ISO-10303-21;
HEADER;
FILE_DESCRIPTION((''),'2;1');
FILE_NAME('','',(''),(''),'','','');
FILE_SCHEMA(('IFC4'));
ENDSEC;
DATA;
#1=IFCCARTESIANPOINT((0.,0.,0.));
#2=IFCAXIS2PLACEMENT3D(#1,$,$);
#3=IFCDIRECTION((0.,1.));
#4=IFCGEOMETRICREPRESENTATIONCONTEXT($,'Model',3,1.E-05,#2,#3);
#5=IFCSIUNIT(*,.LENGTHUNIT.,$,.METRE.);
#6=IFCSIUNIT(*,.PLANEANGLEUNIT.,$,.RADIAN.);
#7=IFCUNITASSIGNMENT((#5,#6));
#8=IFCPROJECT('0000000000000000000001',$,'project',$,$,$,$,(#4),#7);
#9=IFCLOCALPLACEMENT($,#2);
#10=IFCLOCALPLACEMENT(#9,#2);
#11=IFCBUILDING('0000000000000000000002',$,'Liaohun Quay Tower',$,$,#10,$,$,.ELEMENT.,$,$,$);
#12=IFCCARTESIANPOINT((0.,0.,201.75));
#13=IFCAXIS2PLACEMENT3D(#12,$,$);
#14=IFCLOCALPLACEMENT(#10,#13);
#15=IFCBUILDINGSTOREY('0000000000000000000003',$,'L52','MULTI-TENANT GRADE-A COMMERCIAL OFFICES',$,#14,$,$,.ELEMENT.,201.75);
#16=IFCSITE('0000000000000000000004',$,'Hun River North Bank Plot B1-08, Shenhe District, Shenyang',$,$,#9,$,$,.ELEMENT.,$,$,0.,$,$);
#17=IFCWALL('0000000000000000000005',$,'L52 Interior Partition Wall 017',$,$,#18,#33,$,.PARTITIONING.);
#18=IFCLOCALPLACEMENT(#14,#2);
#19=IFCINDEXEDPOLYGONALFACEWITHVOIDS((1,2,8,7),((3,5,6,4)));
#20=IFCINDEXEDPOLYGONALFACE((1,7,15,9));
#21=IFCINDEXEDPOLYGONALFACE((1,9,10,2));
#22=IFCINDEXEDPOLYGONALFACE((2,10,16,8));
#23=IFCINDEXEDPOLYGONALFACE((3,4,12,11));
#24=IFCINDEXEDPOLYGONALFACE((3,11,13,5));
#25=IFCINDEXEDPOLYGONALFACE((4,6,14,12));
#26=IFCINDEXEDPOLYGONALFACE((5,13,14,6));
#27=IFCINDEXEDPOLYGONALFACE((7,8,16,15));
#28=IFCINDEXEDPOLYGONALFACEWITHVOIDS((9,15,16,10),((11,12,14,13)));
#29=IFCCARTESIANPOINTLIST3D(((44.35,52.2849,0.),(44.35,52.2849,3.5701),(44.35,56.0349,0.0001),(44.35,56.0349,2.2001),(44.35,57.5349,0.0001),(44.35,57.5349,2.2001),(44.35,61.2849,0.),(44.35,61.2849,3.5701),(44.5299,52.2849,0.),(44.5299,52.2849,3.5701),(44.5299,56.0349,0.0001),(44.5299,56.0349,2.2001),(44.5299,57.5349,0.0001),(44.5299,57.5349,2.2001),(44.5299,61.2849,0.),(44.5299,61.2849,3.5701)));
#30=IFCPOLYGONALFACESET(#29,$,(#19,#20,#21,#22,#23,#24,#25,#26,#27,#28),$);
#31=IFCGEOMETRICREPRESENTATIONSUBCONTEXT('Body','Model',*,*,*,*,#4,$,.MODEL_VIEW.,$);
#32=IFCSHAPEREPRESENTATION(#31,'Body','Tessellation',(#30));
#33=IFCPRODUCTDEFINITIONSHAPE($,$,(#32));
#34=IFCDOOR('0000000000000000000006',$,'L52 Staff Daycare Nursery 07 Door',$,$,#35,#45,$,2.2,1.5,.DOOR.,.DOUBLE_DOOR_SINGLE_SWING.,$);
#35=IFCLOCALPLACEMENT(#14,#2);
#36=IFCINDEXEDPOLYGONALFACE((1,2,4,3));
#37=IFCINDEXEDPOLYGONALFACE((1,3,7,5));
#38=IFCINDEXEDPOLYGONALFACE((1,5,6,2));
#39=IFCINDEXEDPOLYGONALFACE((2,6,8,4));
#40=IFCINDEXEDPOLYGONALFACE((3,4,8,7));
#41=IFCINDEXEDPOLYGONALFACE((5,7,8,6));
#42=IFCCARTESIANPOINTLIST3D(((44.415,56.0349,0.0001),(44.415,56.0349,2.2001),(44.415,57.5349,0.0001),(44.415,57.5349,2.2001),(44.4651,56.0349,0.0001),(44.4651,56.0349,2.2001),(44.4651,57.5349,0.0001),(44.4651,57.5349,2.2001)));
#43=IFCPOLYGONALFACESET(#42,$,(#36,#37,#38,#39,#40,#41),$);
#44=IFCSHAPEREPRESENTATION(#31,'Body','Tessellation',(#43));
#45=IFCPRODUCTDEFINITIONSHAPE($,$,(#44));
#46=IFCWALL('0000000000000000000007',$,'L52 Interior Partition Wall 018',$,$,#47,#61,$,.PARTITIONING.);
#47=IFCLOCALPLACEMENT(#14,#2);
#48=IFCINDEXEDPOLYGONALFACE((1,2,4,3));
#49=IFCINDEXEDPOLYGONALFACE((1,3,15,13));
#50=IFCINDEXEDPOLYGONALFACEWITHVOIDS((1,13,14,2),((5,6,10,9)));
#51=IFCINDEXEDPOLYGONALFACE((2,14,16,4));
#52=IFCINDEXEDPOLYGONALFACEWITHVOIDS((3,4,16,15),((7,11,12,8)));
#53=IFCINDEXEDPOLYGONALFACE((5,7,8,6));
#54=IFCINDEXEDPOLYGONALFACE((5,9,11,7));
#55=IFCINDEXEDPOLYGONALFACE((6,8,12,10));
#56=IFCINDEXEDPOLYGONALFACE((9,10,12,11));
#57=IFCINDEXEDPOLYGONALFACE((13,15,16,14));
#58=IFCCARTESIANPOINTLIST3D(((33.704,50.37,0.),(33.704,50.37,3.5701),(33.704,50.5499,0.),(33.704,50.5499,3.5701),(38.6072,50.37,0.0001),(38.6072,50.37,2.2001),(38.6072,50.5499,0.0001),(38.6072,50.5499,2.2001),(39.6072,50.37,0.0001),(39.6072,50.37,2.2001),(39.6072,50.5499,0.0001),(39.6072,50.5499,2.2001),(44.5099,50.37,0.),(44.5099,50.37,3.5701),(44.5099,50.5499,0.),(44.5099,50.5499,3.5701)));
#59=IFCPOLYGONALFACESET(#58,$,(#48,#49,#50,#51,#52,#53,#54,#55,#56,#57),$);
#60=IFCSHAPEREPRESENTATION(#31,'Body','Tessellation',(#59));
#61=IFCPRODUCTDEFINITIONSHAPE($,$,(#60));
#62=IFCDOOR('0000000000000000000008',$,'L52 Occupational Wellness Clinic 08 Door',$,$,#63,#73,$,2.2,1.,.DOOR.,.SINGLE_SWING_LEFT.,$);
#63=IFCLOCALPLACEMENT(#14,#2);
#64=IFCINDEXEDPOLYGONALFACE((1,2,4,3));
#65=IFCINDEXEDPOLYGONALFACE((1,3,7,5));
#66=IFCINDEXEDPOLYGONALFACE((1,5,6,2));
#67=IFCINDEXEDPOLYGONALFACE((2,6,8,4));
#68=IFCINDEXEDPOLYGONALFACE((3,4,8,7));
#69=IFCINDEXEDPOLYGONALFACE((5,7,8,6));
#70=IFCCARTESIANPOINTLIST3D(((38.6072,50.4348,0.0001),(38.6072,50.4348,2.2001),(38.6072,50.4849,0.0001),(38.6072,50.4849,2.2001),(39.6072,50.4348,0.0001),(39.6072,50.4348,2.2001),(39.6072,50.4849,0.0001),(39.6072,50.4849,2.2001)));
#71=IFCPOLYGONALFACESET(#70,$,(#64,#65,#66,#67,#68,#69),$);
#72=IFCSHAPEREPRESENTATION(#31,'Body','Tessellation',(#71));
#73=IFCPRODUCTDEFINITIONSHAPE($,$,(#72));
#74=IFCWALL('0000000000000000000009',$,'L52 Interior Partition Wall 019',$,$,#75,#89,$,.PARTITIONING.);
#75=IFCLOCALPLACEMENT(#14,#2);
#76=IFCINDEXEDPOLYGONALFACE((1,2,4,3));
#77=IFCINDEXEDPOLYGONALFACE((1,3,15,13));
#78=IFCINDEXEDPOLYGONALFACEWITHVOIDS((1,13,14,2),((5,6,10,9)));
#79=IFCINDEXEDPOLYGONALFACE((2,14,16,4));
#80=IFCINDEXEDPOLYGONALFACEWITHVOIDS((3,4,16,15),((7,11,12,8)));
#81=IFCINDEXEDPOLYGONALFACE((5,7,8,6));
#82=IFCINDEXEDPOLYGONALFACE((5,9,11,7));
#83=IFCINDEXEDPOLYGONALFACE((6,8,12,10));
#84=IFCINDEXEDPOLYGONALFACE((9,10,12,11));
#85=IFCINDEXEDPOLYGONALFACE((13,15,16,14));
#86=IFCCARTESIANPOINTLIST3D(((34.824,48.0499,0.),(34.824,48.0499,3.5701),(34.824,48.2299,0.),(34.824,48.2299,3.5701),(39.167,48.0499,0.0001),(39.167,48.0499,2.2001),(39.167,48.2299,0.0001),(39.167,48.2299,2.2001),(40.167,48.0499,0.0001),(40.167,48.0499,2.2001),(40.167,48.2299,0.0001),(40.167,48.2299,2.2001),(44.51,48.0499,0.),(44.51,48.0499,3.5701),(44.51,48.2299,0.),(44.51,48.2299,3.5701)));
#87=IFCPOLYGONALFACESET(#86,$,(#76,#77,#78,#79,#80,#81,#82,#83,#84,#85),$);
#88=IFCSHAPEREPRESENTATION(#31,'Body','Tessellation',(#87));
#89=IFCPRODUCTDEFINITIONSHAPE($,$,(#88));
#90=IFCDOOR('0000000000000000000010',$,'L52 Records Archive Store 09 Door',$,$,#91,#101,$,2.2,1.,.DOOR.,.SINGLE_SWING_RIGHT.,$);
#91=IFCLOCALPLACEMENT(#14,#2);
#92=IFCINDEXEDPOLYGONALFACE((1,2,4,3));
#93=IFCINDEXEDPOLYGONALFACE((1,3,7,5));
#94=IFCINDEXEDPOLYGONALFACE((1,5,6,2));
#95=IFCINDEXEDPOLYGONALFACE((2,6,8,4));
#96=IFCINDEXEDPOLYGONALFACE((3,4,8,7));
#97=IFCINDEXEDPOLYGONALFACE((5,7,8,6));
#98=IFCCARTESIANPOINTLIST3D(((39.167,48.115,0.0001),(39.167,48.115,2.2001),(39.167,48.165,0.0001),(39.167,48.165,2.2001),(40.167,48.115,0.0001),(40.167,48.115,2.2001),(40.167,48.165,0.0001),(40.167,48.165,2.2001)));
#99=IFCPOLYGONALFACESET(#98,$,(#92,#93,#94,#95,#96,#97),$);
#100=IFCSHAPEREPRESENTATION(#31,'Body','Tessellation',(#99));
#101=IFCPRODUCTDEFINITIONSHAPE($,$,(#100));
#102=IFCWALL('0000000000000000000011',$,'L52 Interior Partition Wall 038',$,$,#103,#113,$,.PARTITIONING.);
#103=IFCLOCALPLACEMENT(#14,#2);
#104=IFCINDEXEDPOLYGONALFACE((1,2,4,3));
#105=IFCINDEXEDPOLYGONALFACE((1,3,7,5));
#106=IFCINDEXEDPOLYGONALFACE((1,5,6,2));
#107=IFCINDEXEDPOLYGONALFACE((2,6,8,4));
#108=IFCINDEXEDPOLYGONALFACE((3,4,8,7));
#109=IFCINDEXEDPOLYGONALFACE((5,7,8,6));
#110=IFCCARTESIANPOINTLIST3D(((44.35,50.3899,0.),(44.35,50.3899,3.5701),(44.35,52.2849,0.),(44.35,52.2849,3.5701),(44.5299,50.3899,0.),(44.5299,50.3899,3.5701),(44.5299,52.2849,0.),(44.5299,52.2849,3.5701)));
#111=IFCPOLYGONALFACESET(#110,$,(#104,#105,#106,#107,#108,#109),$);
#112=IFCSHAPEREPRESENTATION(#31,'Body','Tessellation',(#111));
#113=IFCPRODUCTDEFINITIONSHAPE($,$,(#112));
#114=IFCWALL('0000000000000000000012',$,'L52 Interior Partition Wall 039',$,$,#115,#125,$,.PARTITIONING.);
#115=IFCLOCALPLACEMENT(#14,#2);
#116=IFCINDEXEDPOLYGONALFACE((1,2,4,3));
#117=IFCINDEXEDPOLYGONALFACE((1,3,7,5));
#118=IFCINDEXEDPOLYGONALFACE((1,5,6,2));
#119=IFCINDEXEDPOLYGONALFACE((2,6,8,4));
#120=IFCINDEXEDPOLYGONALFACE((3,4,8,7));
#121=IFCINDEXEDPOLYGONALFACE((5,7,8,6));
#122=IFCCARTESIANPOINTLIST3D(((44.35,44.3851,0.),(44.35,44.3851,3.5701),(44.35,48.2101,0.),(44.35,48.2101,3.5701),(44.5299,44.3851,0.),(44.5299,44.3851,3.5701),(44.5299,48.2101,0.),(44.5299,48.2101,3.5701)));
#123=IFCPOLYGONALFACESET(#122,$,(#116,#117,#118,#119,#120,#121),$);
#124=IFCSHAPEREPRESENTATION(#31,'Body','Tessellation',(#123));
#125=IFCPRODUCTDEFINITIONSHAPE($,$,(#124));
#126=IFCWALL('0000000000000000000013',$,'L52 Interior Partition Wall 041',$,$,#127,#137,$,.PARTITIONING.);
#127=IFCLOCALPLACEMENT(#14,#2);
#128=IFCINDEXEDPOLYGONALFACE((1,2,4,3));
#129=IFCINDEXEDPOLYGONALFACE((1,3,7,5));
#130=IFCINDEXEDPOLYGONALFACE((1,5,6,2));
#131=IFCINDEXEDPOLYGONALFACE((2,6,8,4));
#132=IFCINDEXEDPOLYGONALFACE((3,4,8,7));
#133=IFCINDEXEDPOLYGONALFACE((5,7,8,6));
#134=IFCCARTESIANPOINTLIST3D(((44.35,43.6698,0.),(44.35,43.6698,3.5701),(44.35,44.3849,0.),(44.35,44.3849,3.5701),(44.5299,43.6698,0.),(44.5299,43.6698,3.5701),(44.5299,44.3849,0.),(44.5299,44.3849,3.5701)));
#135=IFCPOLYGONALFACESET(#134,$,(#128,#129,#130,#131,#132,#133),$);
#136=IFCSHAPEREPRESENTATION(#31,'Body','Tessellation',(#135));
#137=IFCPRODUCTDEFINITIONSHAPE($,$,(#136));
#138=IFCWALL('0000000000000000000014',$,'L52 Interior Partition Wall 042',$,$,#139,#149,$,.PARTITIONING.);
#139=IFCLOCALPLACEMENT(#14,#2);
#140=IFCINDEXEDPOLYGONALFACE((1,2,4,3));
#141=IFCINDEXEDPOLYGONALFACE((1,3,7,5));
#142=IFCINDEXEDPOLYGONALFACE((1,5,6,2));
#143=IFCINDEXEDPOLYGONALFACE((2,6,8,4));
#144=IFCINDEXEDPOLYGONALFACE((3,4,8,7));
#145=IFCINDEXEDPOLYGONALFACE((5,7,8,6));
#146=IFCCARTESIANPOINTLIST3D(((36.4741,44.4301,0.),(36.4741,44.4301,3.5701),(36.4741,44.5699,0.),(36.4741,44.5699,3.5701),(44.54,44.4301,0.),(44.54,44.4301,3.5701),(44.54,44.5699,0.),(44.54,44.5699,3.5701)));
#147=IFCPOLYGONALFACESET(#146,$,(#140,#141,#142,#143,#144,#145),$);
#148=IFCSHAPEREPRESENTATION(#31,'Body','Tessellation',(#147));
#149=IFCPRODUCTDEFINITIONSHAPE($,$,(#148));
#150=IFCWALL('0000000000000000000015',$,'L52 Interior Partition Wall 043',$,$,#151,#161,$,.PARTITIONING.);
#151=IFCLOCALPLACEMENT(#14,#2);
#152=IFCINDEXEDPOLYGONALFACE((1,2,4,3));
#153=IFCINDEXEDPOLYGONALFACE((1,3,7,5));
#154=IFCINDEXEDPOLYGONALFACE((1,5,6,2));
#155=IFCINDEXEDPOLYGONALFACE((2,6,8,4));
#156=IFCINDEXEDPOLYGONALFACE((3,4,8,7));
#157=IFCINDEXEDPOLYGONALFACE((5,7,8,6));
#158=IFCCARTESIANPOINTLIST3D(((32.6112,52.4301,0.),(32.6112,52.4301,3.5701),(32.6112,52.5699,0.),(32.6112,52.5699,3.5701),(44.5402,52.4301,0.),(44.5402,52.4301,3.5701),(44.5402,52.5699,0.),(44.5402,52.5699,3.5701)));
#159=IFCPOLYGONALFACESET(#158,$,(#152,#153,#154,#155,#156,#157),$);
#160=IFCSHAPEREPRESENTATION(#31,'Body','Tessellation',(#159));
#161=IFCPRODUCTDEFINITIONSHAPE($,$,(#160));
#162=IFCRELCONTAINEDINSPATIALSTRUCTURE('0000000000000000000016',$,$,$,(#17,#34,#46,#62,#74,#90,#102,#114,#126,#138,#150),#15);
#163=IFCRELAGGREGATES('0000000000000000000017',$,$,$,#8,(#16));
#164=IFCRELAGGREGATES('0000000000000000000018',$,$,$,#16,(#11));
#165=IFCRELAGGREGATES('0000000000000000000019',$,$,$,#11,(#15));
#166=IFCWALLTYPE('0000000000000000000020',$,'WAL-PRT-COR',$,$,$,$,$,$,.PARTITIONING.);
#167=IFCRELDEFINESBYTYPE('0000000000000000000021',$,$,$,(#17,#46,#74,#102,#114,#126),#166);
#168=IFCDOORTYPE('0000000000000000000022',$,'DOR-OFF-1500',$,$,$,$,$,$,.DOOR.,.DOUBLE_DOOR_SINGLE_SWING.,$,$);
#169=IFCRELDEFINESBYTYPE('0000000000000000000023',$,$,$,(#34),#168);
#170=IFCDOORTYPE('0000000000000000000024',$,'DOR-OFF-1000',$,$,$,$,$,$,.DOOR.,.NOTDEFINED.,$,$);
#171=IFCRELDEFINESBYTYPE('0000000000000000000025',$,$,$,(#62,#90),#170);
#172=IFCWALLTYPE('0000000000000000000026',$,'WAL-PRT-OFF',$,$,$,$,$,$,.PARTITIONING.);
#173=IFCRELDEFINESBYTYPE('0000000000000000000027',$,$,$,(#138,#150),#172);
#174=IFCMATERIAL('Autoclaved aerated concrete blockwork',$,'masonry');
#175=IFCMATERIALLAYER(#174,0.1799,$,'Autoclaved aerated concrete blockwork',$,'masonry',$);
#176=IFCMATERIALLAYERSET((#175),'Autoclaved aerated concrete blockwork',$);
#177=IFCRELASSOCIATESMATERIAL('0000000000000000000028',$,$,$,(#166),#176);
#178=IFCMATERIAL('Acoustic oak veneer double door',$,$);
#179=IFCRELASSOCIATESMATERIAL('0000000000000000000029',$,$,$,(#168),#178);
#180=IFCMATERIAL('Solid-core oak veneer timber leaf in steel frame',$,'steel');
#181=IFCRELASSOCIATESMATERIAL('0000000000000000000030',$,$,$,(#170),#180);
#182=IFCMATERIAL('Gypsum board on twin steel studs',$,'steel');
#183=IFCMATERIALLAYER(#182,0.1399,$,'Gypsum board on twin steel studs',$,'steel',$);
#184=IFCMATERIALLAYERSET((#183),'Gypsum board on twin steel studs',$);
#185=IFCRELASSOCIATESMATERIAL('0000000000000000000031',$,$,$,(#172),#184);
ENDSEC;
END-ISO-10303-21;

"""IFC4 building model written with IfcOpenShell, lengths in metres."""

from ifc_helpers import new_model, si_unit, direction, frame, frame_2d, origin, place, context, subcontext, project, spatial, rectangle, extrude, source, transform, mapped, material, layer, layer_set, type_object, element, fill, save


model = new_model("IFC4")

# Units and contexts
model_context = context("Model", 3, precision=1e-05, world=origin(), true_north=direction((0.0, 1.0)))
body_context = subcontext(model_context, "Body", "Model", "MODEL_VIEW")
ifc_project = project(units=[si_unit("LENGTHUNIT", "METRE"), si_unit("PLANEANGLEUNIT", "RADIAN")], contexts=[model_context])

# Site, building, storey
site_placement = place(None, origin())
site = spatial("IfcSite", under=ifc_project, at=site_placement, Name="Hun River North Bank Plot B1-08, Shenhe District, Shenyang", CompositionType="ELEMENT", RefElevation=0.0)
building_placement = place(site_placement, origin())
building = spatial("IfcBuilding", under=site, at=building_placement, Name="Liaohun Quay Tower", CompositionType="ELEMENT")
storey_placement = place(building_placement, frame((0.0, 0.0, 201.75)))
storey = spatial("IfcBuildingStorey", under=building, at=storey_placement, Name="L52", Description="MULTI-TENANT GRADE-A COMMERCIAL OFFICES", CompositionType="ELEMENT", Elevation=201.75)

# Walls, openings, doors
ifc_material_1 = material(Name="Autoclaved aerated concrete blockwork", Category="masonry")
ifc_layer_1 = layer(ifc_material_1, 0.1799, Name="Autoclaved aerated concrete blockwork", Category="masonry")
ifc_layer_set_1 = layer_set([ifc_layer_1], Name="Autoclaved aerated concrete blockwork")
wall_type_1 = type_object("IfcWallType", Name="WAL-PRT-COR", PredefinedType="PARTITIONING", material=ifc_layer_set_1)
wall_1_placement = place(storey_placement, frame((44.4399, 52.2849, 0.0), z_axis=(0.0, 0.0, 1.0), x_axis=(0.0, 1.0, 0.0)))
wall_1 = element("IfcWall", 1, at=wall_1_placement, inside=storey, type_object=wall_type_1, Name="L52 Interior Partition Wall 017", PredefinedType="PARTITIONING", context=body_context, shape_type="SweptSolid", body=[
    extrude(rectangle(XDim=9.0, YDim=0.1799, at=frame_2d((4.5, 0.0))), origin(), (0.0, 0.0, 1.0), 3.5701),
])
shared_shape_1 = source(origin(), body_context, "Body", "SweptSolid", [
    extrude(rectangle(XDim=1.5, YDim=2.2, at=frame_2d((0.75, 1.1001))), frame((0.0, 0.0999, 0.0), z_axis=(0.0, -1.0, 0.0), x_axis=(1.0, 0.0, 0.0)), (0.0, 0.0, 1.0), 0.2),
])
opening_1_placement = place(wall_1_placement, frame((3.75, 0.0, 0.0)))
opening_1 = element("IfcOpeningElement", 2, at=opening_1_placement, cuts=wall_1, PredefinedType="OPENING", context=body_context, shape_type="MappedRepresentation", body=[
    mapped(shared_shape_1, transform((0.0, 0.0, 0.0), x_axis=(1.0, 0.0, 0.0), y_axis=(0.0, 1.0, 0.0), z_axis=(0.0, 0.0, 1.0), scale=1.0)),
])
ifc_material_2 = material(Name="Acoustic oak veneer double door")
door_type_1 = type_object("IfcDoorType", Name="DOR-OFF-1500", OperationType="DOUBLE_DOOR_SINGLE_SWING", PredefinedType="DOOR", material=ifc_material_2)
shared_shape_2 = source(origin(), body_context, "Body", "SweptSolid", [
    extrude(rectangle(XDim=1.5, YDim=2.2, at=frame_2d((0.75, 1.1001))), frame((0.0, 0.0249, 0.0), z_axis=(0.0, -1.0, 0.0), x_axis=(1.0, 0.0, 0.0)), (0.0, 0.0, 1.0), 0.05),
])
door_1_placement = place(opening_1_placement, origin())
door_1 = element("IfcDoor", 3, at=door_1_placement, inside=storey, type_object=door_type_1, Name="L52 Staff Daycare Nursery 07 Door", OperationType="DOUBLE_DOOR_SINGLE_SWING", OverallHeight=2.2, OverallWidth=1.5, PredefinedType="DOOR", context=body_context, shape_type="MappedRepresentation", body=[
    mapped(shared_shape_2, transform((0.0, 0.0, 0.0), x_axis=(1.0, 0.0, 0.0), y_axis=(0.0, 1.0, 0.0), z_axis=(0.0, 0.0, 1.0), scale=1.0)),
])
fill(opening_1, door_1)
wall_2_placement = place(storey_placement, frame((33.7041, 50.46, 0.0), z_axis=(0.0, 0.0, 1.0), x_axis=(1.0, 0.0, 0.0)))
wall_2 = element("IfcWall", 4, at=wall_2_placement, inside=storey, type_object=wall_type_1, Name="L52 Interior Partition Wall 018", PredefinedType="PARTITIONING", context=body_context, shape_type="SweptSolid", body=[
    extrude(rectangle(XDim=10.8059, YDim=0.1799, at=frame_2d((5.4028, 0.0))), origin(), (0.0, 0.0, 1.0), 3.5701),
])
shared_shape_3 = source(origin(), body_context, "Body", "SweptSolid", [
    extrude(rectangle(XDim=1.0, YDim=2.2, at=frame_2d((0.5, 1.1001))), frame((0.0, 0.0999, 0.0), z_axis=(0.0, -1.0, 0.0), x_axis=(1.0, 0.0, 0.0)), (0.0, 0.0, 1.0), 0.2),
])
opening_2_placement = place(wall_2_placement, frame((4.9031, 0.0, 0.0)))
opening_2 = element("IfcOpeningElement", 5, at=opening_2_placement, cuts=wall_2, PredefinedType="OPENING", context=body_context, shape_type="MappedRepresentation", body=[
    mapped(shared_shape_3, transform((0.0, 0.0, 0.0), x_axis=(1.0, 0.0, 0.0), y_axis=(0.0, 1.0, 0.0), z_axis=(0.0, 0.0, 1.0), scale=1.0)),
])
ifc_material_3 = material(Name="Solid-core oak veneer timber leaf in steel frame", Category="steel")
door_type_2 = type_object("IfcDoorType", Name="DOR-OFF-1000", OperationType="NOTDEFINED", PredefinedType="DOOR", material=ifc_material_3)
shared_shape_4 = source(origin(), body_context, "Body", "SweptSolid", [
    extrude(rectangle(XDim=1.0, YDim=2.2, at=frame_2d((0.5, 1.1001))), frame((0.0, 0.0249, 0.0), z_axis=(0.0, -1.0, 0.0), x_axis=(1.0, 0.0, 0.0)), (0.0, 0.0, 1.0), 0.05),
])
door_2_placement = place(opening_2_placement, origin())
door_2 = element("IfcDoor", 6, at=door_2_placement, inside=storey, type_object=door_type_2, Name="L52 Occupational Wellness Clinic 08 Door", OperationType="SINGLE_SWING_LEFT", OverallHeight=2.2, OverallWidth=1.0, PredefinedType="DOOR", context=body_context, shape_type="MappedRepresentation", body=[
    mapped(shared_shape_4, transform((0.0, 0.0, 0.0), x_axis=(1.0, 0.0, 0.0), y_axis=(0.0, 1.0, 0.0), z_axis=(0.0, 0.0, 1.0), scale=1.0)),
])
fill(opening_2, door_2)
wall_3_placement = place(storey_placement, frame((44.51, 48.1399, 0.0), z_axis=(0.0, 0.0, 1.0), x_axis=(-1.0, 0.0, 0.0)))
wall_3 = element("IfcWall", 7, at=wall_3_placement, inside=storey, type_object=wall_type_1, Name="L52 Interior Partition Wall 019", PredefinedType="PARTITIONING", context=body_context, shape_type="SweptSolid", body=[
    extrude(rectangle(XDim=9.686, YDim=0.1799, at=frame_2d((4.843, 0.0))), origin(), (0.0, 0.0, 1.0), 3.5701),
])
opening_3_placement = place(wall_3_placement, frame((4.343, 0.0, 0.0)))
opening_3 = element("IfcOpeningElement", 8, at=opening_3_placement, cuts=wall_3, PredefinedType="OPENING", context=body_context, shape_type="MappedRepresentation", body=[
    mapped(shared_shape_3, transform((0.0, 0.0, 0.0), x_axis=(1.0, 0.0, 0.0), y_axis=(0.0, 1.0, 0.0), z_axis=(0.0, 0.0, 1.0), scale=1.0)),
])
door_3_placement = place(opening_3_placement, origin())
door_3 = element("IfcDoor", 9, at=door_3_placement, inside=storey, type_object=door_type_2, Name="L52 Records Archive Store 09 Door", OperationType="SINGLE_SWING_RIGHT", OverallHeight=2.2, OverallWidth=1.0, PredefinedType="DOOR", context=body_context, shape_type="MappedRepresentation", body=[
    mapped(shared_shape_4, transform((0.0, 0.0, 0.0), x_axis=(1.0, 0.0, 0.0), y_axis=(0.0, 1.0, 0.0), z_axis=(0.0, 0.0, 1.0), scale=1.0)),
])
fill(opening_3, door_3)

# Walls
wall_4_placement = place(storey_placement, frame((44.4399, 50.3899, 0.0), z_axis=(0.0, 0.0, 1.0), x_axis=(0.0, 1.0, 0.0)))
element("IfcWall", 10, at=wall_4_placement, inside=storey, type_object=wall_type_1, Name="L52 Interior Partition Wall 038", PredefinedType="PARTITIONING", context=body_context, shape_type="SweptSolid", body=[
    extrude(rectangle(XDim=1.895, YDim=0.1799, at=frame_2d((0.9475, 0.0))), origin(), (0.0, 0.0, 1.0), 3.5701),
])
wall_5_placement = place(storey_placement, frame((44.4399, 44.385, 0.0), z_axis=(0.0, 0.0, 1.0), x_axis=(0.0, 1.0, 0.0)))
element("IfcWall", 11, at=wall_5_placement, inside=storey, type_object=wall_type_1, Name="L52 Interior Partition Wall 039", PredefinedType="PARTITIONING", context=body_context, shape_type="SweptSolid", body=[
    extrude(rectangle(XDim=3.825, YDim=0.1799, at=frame_2d((1.9126, 0.0))), origin(), (0.0, 0.0, 1.0), 3.5701),
])
wall_6_placement = place(storey_placement, frame((44.4399, 43.6699, 0.0), z_axis=(0.0, 0.0, 1.0), x_axis=(0.0, 1.0, 0.0)))
element("IfcWall", 12, at=wall_6_placement, inside=storey, type_object=wall_type_1, Name="L52 Interior Partition Wall 041", PredefinedType="PARTITIONING", context=body_context, shape_type="SweptSolid", body=[
    extrude(rectangle(XDim=0.7151, YDim=0.1799, at=frame_2d((0.3574, 0.0))), origin(), (0.0, 0.0, 1.0), 3.5701),
])
ifc_material_4 = material(Name="Gypsum board on twin steel studs", Category="steel")
ifc_layer_2 = layer(ifc_material_4, 0.1399, Name="Gypsum board on twin steel studs", Category="steel")
ifc_layer_set_2 = layer_set([ifc_layer_2], Name="Gypsum board on twin steel studs")
wall_type_2 = type_object("IfcWallType", Name="WAL-PRT-OFF", PredefinedType="PARTITIONING", material=ifc_layer_set_2)
wall_7_placement = place(storey_placement, frame((44.54, 44.5, 0.0), z_axis=(0.0, 0.0, 1.0), x_axis=(-1.0, 0.0, 0.0)))
element("IfcWall", 13, at=wall_7_placement, inside=storey, type_object=wall_type_2, Name="L52 Interior Partition Wall 042", PredefinedType="PARTITIONING", context=body_context, shape_type="SweptSolid", body=[
    extrude(rectangle(XDim=8.0659, YDim=0.1399, at=frame_2d((4.033, 0.0))), origin(), (0.0, 0.0, 1.0), 3.5701),
])
wall_8_placement = place(storey_placement, frame((44.54, 52.5, 0.0), z_axis=(0.0, 0.0, 1.0), x_axis=(-1.0, 0.0, 0.0)))
element("IfcWall", 14, at=wall_8_placement, inside=storey, type_object=wall_type_2, Name="L52 Interior Partition Wall 043", PredefinedType="PARTITIONING", context=body_context, shape_type="SweptSolid", body=[
    extrude(rectangle(XDim=11.929, YDim=0.1399, at=frame_2d((5.9644, 0.0))), origin(), (0.0, 0.0, 1.0), 3.5701),
])

save(model, "model.ifc")
